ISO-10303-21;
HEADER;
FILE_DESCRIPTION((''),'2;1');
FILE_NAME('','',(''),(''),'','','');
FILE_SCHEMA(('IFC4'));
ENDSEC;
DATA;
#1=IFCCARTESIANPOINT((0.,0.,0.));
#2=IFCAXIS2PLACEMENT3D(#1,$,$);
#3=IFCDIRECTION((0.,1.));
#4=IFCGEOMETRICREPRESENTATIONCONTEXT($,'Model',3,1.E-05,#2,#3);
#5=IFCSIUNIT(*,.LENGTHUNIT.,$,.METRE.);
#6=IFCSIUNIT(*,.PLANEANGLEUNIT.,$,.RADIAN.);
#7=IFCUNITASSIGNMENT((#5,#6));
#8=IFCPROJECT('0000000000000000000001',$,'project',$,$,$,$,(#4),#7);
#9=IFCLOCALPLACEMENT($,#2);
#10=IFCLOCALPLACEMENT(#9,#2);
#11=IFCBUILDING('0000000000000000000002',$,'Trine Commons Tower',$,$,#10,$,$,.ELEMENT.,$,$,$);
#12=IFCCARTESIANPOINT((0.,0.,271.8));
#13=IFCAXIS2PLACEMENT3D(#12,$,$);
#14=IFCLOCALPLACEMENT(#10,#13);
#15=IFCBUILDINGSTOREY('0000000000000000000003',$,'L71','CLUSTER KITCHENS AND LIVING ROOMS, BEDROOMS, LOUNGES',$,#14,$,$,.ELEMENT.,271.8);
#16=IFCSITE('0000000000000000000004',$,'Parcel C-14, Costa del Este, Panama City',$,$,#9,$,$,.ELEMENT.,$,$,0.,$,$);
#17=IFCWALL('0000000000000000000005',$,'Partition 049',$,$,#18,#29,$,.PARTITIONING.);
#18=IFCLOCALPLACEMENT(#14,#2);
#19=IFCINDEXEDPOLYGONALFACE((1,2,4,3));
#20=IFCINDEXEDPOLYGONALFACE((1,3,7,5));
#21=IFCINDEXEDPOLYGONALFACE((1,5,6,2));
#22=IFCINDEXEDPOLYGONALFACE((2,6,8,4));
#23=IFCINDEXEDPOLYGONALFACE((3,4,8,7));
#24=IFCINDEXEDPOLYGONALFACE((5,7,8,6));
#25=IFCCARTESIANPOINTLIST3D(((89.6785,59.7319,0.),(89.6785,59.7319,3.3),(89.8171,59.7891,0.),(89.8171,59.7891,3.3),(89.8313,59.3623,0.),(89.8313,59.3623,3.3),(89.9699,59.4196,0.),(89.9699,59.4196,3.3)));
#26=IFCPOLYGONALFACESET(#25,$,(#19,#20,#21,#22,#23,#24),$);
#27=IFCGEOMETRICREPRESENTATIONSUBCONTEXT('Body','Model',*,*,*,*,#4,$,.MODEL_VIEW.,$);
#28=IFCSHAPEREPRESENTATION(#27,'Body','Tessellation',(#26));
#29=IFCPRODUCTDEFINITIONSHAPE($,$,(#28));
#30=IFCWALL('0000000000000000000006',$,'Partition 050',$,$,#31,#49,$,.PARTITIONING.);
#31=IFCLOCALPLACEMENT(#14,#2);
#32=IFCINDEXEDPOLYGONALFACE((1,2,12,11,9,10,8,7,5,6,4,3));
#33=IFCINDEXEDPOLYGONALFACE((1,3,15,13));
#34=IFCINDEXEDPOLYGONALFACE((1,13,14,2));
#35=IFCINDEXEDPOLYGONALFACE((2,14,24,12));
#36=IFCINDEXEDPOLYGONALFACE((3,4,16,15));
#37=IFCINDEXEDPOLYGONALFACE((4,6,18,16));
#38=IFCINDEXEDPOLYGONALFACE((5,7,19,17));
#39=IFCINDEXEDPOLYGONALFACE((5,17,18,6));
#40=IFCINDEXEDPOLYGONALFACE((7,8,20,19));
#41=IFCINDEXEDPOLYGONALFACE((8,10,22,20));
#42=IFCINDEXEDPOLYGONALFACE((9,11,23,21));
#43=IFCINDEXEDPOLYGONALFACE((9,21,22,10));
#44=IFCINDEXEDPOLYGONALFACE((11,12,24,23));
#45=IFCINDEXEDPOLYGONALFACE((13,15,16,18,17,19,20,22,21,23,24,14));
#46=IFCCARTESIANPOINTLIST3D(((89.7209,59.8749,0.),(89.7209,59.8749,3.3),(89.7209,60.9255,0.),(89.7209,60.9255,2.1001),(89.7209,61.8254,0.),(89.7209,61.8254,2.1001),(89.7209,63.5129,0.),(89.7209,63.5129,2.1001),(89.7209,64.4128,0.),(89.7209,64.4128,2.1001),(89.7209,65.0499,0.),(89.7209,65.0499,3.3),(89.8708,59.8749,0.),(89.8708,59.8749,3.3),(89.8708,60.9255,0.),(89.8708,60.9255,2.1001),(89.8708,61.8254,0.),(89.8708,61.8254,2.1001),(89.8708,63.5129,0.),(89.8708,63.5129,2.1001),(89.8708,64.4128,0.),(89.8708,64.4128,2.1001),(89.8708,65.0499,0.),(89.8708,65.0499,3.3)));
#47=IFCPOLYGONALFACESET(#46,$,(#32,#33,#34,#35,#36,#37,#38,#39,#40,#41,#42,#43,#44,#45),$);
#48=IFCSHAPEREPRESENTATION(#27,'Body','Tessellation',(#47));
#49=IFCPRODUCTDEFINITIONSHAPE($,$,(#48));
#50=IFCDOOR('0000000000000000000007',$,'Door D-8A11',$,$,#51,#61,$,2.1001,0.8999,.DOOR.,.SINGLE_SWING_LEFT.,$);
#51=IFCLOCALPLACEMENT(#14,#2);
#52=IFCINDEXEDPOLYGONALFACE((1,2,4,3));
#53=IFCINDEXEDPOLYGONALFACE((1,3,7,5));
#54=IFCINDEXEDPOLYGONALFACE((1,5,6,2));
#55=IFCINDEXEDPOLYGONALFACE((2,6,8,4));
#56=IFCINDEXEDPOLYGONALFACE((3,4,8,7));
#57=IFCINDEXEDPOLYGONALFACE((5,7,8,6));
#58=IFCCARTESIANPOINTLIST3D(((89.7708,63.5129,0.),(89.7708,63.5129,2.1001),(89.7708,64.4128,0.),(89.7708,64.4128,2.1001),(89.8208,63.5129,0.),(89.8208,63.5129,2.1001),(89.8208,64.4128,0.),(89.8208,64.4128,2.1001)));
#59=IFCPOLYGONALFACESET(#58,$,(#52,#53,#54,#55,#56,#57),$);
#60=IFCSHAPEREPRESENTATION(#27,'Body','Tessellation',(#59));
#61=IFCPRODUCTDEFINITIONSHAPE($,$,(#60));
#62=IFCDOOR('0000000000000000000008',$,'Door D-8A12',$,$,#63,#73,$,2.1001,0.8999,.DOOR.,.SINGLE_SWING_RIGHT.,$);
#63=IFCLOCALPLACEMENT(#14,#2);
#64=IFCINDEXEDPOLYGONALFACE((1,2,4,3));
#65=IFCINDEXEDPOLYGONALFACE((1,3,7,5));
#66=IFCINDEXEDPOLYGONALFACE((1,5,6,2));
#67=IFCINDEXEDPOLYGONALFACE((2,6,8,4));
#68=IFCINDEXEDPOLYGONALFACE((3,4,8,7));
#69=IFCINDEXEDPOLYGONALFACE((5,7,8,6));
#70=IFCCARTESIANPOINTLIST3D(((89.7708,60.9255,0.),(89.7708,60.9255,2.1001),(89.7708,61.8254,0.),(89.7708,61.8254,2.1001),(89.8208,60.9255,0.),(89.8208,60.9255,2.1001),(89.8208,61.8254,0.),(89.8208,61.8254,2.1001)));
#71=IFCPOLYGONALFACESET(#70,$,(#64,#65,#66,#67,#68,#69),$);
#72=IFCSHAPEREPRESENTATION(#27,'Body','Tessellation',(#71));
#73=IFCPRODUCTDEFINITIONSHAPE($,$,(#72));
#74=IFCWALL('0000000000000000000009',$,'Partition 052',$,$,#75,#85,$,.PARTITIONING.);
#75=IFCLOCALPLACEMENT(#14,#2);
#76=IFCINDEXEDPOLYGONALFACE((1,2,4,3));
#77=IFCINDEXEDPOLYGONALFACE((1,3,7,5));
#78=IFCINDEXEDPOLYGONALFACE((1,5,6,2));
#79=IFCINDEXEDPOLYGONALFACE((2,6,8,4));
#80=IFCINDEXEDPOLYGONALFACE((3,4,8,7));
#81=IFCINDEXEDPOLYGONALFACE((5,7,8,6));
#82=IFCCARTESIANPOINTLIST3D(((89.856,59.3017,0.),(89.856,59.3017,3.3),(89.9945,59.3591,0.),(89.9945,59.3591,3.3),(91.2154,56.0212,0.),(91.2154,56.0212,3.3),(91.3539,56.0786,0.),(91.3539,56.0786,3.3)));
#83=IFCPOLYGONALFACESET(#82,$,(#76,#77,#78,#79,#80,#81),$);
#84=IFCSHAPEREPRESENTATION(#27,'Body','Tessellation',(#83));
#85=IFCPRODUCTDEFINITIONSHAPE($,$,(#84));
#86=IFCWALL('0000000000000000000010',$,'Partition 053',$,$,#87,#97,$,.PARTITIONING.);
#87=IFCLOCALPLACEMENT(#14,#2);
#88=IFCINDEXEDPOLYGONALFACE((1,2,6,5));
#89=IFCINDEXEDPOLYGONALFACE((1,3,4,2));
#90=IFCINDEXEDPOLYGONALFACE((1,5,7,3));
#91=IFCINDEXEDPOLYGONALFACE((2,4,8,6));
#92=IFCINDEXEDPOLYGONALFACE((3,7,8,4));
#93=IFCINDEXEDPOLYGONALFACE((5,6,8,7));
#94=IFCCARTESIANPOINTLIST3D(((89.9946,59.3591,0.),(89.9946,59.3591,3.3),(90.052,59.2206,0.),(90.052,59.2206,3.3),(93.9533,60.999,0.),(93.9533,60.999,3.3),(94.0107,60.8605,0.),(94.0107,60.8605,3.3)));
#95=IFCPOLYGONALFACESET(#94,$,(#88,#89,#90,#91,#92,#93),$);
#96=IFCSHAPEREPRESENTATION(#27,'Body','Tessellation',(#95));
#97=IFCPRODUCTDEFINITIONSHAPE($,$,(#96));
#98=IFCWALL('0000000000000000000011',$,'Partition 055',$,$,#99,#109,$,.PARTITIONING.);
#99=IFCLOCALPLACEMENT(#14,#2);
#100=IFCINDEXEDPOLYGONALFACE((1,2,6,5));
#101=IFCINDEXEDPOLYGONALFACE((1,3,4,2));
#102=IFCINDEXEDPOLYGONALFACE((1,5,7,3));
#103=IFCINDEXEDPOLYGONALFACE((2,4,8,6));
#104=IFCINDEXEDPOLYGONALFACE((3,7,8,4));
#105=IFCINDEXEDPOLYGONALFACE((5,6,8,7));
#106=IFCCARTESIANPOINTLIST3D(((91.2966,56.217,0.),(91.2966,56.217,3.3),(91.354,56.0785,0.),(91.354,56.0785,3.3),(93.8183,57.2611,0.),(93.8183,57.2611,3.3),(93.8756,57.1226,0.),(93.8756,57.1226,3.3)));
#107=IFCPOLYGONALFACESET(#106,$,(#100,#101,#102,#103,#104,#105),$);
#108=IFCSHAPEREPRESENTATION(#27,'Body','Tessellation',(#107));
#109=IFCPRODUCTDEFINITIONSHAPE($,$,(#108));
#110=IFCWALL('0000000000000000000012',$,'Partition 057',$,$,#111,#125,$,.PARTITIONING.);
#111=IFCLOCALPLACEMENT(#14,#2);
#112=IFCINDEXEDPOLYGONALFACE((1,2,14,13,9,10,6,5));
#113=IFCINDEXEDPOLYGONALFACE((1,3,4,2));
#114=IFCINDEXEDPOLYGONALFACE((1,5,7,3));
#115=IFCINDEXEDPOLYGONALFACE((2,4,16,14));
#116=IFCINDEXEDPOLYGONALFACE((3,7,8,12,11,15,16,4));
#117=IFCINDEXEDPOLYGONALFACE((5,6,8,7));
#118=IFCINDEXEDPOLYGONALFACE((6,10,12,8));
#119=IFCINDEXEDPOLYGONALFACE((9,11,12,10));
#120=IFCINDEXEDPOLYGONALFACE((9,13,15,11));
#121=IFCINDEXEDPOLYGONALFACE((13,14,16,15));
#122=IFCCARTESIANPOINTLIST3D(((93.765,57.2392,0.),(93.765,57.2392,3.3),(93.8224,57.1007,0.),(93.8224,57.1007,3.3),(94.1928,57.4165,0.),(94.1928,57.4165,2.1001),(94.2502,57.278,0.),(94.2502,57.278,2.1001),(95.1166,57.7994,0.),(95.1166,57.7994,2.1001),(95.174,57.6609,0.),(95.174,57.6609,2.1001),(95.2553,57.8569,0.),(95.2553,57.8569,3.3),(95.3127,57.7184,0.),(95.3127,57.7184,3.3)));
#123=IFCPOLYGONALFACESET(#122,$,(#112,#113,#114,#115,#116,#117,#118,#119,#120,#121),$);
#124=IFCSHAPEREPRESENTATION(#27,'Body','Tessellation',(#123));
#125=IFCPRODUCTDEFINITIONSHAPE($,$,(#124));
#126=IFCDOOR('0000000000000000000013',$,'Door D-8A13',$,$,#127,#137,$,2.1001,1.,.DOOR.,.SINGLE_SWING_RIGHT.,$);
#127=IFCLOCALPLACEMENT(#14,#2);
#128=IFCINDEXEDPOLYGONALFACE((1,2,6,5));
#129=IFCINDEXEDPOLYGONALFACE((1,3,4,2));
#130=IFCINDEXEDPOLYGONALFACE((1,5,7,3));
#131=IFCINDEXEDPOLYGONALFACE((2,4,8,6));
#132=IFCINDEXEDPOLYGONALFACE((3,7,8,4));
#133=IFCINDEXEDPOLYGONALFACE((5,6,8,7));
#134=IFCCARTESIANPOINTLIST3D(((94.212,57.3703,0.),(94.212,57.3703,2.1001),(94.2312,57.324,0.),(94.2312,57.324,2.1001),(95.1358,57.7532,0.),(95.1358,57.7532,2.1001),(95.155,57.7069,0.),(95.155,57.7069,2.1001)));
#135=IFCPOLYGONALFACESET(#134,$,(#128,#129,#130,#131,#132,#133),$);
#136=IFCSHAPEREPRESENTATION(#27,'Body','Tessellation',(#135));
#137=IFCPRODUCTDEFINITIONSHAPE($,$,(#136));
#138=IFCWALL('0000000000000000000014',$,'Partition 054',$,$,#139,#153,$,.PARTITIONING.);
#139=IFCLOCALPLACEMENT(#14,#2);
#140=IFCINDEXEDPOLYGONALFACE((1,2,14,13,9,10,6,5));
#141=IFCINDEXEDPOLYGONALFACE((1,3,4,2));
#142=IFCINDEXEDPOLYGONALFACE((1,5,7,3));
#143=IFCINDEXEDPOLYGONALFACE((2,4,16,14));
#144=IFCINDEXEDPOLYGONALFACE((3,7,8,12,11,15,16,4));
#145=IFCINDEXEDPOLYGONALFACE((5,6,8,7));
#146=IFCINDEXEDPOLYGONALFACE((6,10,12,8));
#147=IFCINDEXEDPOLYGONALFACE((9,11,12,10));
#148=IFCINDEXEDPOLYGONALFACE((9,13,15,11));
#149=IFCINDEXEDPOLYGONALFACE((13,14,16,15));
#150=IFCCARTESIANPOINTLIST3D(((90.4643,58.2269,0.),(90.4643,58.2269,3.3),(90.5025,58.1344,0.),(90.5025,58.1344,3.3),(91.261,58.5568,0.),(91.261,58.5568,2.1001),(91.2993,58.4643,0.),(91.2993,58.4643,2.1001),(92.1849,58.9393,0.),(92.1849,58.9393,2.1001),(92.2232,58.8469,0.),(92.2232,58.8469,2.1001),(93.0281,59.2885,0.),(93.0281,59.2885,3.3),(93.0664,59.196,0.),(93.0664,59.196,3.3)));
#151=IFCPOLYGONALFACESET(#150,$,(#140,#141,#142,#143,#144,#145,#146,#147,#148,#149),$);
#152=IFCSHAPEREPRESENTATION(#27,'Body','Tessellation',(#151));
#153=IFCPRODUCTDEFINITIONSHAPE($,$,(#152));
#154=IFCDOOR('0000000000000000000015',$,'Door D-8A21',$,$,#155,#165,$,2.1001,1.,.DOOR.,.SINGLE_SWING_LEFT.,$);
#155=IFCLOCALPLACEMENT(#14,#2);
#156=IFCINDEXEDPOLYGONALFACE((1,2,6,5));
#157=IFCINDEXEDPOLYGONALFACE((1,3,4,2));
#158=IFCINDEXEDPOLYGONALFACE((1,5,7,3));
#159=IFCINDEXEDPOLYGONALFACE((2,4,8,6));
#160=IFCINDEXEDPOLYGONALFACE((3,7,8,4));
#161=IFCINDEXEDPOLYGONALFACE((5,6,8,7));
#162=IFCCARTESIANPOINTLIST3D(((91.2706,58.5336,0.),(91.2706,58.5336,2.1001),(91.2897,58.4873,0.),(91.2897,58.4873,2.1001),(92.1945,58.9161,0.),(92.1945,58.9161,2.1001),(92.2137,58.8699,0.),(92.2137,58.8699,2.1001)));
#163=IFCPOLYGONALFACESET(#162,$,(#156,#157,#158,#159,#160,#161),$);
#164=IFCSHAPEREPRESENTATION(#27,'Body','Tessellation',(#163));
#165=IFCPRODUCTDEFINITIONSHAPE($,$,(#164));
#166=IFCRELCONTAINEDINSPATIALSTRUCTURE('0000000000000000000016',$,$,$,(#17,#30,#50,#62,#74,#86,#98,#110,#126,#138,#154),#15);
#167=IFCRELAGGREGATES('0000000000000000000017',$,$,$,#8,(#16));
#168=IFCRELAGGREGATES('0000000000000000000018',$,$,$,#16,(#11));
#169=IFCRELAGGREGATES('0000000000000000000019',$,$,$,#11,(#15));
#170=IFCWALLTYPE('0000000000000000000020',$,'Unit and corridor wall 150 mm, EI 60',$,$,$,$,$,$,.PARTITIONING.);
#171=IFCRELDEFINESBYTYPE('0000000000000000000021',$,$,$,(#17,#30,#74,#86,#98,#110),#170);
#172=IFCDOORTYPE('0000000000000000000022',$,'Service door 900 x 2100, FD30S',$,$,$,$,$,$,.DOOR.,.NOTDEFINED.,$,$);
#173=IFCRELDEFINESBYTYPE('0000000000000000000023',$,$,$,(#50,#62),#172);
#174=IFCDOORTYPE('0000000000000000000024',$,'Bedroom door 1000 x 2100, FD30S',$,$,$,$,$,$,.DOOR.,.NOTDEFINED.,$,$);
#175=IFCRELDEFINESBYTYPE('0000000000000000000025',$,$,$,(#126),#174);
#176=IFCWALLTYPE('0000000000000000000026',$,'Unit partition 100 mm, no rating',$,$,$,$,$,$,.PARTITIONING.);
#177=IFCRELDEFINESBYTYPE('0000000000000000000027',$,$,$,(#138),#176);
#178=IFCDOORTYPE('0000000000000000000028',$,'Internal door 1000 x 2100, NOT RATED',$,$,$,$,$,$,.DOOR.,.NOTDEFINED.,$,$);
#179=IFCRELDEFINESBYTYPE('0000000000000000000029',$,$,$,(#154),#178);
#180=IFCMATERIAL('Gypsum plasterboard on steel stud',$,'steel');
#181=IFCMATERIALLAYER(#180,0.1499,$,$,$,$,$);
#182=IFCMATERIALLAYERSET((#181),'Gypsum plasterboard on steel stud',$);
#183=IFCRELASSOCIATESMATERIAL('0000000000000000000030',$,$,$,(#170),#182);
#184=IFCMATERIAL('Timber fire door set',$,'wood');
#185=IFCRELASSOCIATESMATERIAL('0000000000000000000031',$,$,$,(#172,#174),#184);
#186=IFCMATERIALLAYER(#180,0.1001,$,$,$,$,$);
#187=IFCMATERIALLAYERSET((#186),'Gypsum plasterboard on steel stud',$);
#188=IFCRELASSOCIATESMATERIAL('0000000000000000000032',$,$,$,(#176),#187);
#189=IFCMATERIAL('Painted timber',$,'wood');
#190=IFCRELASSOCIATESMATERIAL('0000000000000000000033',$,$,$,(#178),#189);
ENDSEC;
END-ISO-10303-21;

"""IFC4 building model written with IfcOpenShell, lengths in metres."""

from ifc_helpers import new_model, si_unit, direction, frame, frame_2d, origin, place, context, subcontext, project, spatial, rectangle, extrude, material, layer, layer_set, type_object, element, fill, save


model = new_model("IFC4")

# Units and contexts
model_context = context("Model", 3, precision=1e-05, world=origin(), true_north=direction((0.0, 1.0)))
body_context = subcontext(model_context, "Body", "Model", "MODEL_VIEW")
ifc_project = project(units=[si_unit("LENGTHUNIT", "METRE"), si_unit("PLANEANGLEUNIT", "RADIAN")], contexts=[model_context])

# Site, building, storey
site_placement = place(None, origin())
site = spatial("IfcSite", under=ifc_project, at=site_placement, Name="Parcel C-14, Costa del Este, Panama City", CompositionType="ELEMENT", RefElevation=0.0)
building_placement = place(site_placement, origin())
building = spatial("IfcBuilding", under=site, at=building_placement, Name="Trine Commons Tower", CompositionType="ELEMENT")
storey_placement = place(building_placement, frame((0.0, 0.0, 271.8)))
storey = spatial("IfcBuildingStorey", under=building, at=storey_placement, Name="L71", Description="CLUSTER KITCHENS AND LIVING ROOMS, BEDROOMS, LOUNGES", CompositionType="ELEMENT", Elevation=271.8)

# Shared definitions
ifc_material_1 = material(Name="Gypsum plasterboard on steel stud", Category="steel")
ifc_layer_1 = layer(ifc_material_1, 0.1499)
ifc_layer_set_1 = layer_set([ifc_layer_1], Name="Gypsum plasterboard on steel stud")
wall_type_1 = type_object("IfcWallType", Name="Unit and corridor wall 150 mm, EI 60", PredefinedType="PARTITIONING", material=ifc_layer_set_1)

# Shared definitions
ifc_material_2 = material(Name="Timber fire door set", Category="wood")

# Wall
wall_1_placement = place(storey_placement, frame((89.7478, 59.7605, 0.0), z_axis=(0.0, 0.0, 1.0), x_axis=(0.3821, -0.924121, 0.0)))
element("IfcWall", 1, at=wall_1_placement, inside=storey, type_object=wall_type_1, Name="Partition 049", PredefinedType="PARTITIONING", context=body_context, shape_type="SweptSolid", body=[
    extrude(rectangle(XDim=0.3999, YDim=0.1499, at=frame_2d((0.2, 0.0))), origin(), (0.0, 0.0, 1.0), 3.3),
])

# Wall, openings, doors
wall_2_placement = place(storey_placement, frame((89.7959, 59.875, 0.0), z_axis=(0.0, 0.0, 1.0), x_axis=(0.0, 1.0, 0.0)))
wall_2 = element("IfcWall", 2, at=wall_2_placement, inside=storey, type_object=wall_type_1, Name="Partition 050", PredefinedType="PARTITIONING", context=body_context, shape_type="SweptSolid", body=[
    extrude(rectangle(XDim=5.175, YDim=0.1499, at=frame_2d((2.5874, 0.0))), origin(), (0.0, 0.0, 1.0), 3.3),
])
opening_1_placement = place(wall_2_placement, frame((3.6379, 0.0, 0.0)))
opening_1 = element("IfcOpeningElement", 3, at=opening_1_placement, cuts=wall_2, PredefinedType="OPENING", context=body_context, shape_type="SweptSolid", body=[
    extrude(rectangle(XDim=0.8999, YDim=2.1001, at=frame_2d((0.45, 1.05))), frame((0.0, 0.085, 0.0), z_axis=(0.0, -1.0, 0.0), x_axis=(1.0, 0.0, 0.0)), (0.0, 0.0, 1.0), 0.1699),
])
opening_2_placement = place(wall_2_placement, frame((1.0505, 0.0, 0.0)))
opening_2 = element("IfcOpeningElement", 4, at=opening_2_placement, cuts=wall_2, PredefinedType="OPENING", context=body_context, shape_type="SweptSolid", body=[
    extrude(rectangle(XDim=0.8999, YDim=2.1001, at=frame_2d((0.45, 1.05))), frame((0.0, 0.085, 0.0), z_axis=(0.0, -1.0, 0.0), x_axis=(1.0, 0.0, 0.0)), (0.0, 0.0, 1.0), 0.1699),
])
door_type_1 = type_object("IfcDoorType", Name="Service door 900 x 2100, FD30S", OperationType="NOTDEFINED", PredefinedType="DOOR", material=ifc_material_2)
door_1_placement = place(opening_1_placement, frame((0.8999, 0.0, 0.0), z_axis=(0.0, 0.0, 1.0), x_axis=(-1.0, 0.0, 0.0)))
door_1 = element("IfcDoor", 5, at=door_1_placement, inside=storey, type_object=door_type_1, Name="Door D-8A11", OperationType="SINGLE_SWING_LEFT", OverallHeight=2.1001, OverallWidth=0.8999, PredefinedType="DOOR", context=body_context, shape_type="SweptSolid", body=[
    extrude(rectangle(XDim=0.8999, YDim=2.1001, at=frame_2d((0.45, 1.05))), frame((0.0, 0.0249, 0.0), z_axis=(0.0, -1.0, 0.0), x_axis=(1.0, 0.0, 0.0)), (0.0, 0.0, 1.0), 0.05),
])
fill(opening_1, door_1)
door_2_placement = place(opening_2_placement, frame((0.8999, 0.0, 0.0), z_axis=(0.0, 0.0, 1.0), x_axis=(-1.0, 0.0, 0.0)))
door_2 = element("IfcDoor", 6, at=door_2_placement, inside=storey, type_object=door_type_1, Name="Door D-8A12", OperationType="SINGLE_SWING_RIGHT", OverallHeight=2.1001, OverallWidth=0.8999, PredefinedType="DOOR", context=body_context, shape_type="SweptSolid", body=[
    extrude(rectangle(XDim=0.8999, YDim=2.1001, at=frame_2d((0.45, 1.05))), frame((0.0, 0.0249, 0.0), z_axis=(0.0, -1.0, 0.0), x_axis=(1.0, 0.0, 0.0)), (0.0, 0.0, 1.0), 0.05),
])
fill(opening_2, door_2)

# Walls
wall_3_placement = place(storey_placement, frame((89.9253, 59.3303, 0.0), z_axis=(0.0, 0.0, 1.0), x_axis=(0.382813, -0.923826, 0.0)))
element("IfcWall", 7, at=wall_3_placement, inside=storey, type_object=wall_type_1, Name="Partition 052", PredefinedType="PARTITIONING", context=body_context, shape_type="SweptSolid", body=[
    extrude(rectangle(XDim=3.551, YDim=0.1499, at=frame_2d((1.7754, 0.0))), origin(), (0.0, 0.0, 1.0), 3.3),
])
wall_4_placement = place(storey_placement, frame((90.0232, 59.2898, 0.0), z_axis=(0.0, 0.0, 1.0), x_axis=(0.923869, 0.382709, 0.0)))
element("IfcWall", 8, at=wall_4_placement, inside=storey, type_object=wall_type_1, Name="Partition 053", PredefinedType="PARTITIONING", context=body_context, shape_type="SweptSolid", body=[
    extrude(rectangle(XDim=4.2849, YDim=0.1499, at=frame_2d((2.1426, 0.0))), origin(), (0.0, 0.0, 1.0), 3.3),
])
wall_5_placement = place(storey_placement, frame((91.3252, 56.1477, 0.0), z_axis=(0.0, 0.0, 1.0), x_axis=(0.923924, 0.382576, 0.0)))
element("IfcWall", 9, at=wall_5_placement, inside=storey, type_object=wall_type_1, Name="Partition 055", PredefinedType="PARTITIONING", context=body_context, shape_type="SweptSolid", body=[
    extrude(rectangle(XDim=2.7292, YDim=0.1499, at=frame_2d((1.3647, 0.0))), origin(), (0.0, 0.0, 1.0), 3.3),
])

# Walls, openings, doors
wall_6_placement = place(storey_placement, frame((93.7937, 57.1699, 0.0), z_axis=(0.0, 0.0, 1.0), x_axis=(0.923792, 0.382895, 0.0)))
wall_6 = element("IfcWall", 10, at=wall_6_placement, inside=storey, type_object=wall_type_1, Name="Partition 057", PredefinedType="PARTITIONING", context=body_context, shape_type="SweptSolid", body=[
    extrude(rectangle(XDim=1.6133, YDim=0.1499, at=frame_2d((0.8066, 0.0))), origin(), (0.0, 0.0, 1.0), 3.3),
])
opening_3_placement = place(wall_6_placement, frame((0.4631, 0.0, 0.0)))
opening_3 = element("IfcOpeningElement", 11, at=opening_3_placement, cuts=wall_6, PredefinedType="OPENING", context=body_context, shape_type="SweptSolid", body=[
    extrude(rectangle(XDim=1.0, YDim=2.1001, at=frame_2d((0.5, 1.05))), frame((0.0, 0.085, 0.0), z_axis=(0.0, -1.0, 0.0), x_axis=(1.0, 0.0, 0.0)), (0.0, 0.0, 1.0), 0.1699),
])
door_type_2 = type_object("IfcDoorType", Name="Bedroom door 1000 x 2100, FD30S", OperationType="NOTDEFINED", PredefinedType="DOOR", material=ifc_material_2)
door_3_placement = place(opening_3_placement, origin())
door_3 = element("IfcDoor", 12, at=door_3_placement, inside=storey, type_object=door_type_2, Name="Door D-8A13", OperationType="SINGLE_SWING_RIGHT", OverallHeight=2.1001, OverallWidth=1.0, PredefinedType="DOOR", context=body_context, shape_type="SweptSolid", body=[
    extrude(rectangle(XDim=1.0, YDim=2.1001, at=frame_2d((0.5, 1.05))), frame((0.0, 0.0249, 0.0), z_axis=(0.0, -1.0, 0.0), x_axis=(1.0, 0.0, 0.0)), (0.0, 0.0, 1.0), 0.05),
])
fill(opening_3, door_3)
ifc_layer_2 = layer(ifc_material_1, 0.1001)
ifc_layer_set_2 = layer_set([ifc_layer_2], Name="Gypsum plasterboard on steel stud")
wall_type_2 = type_object("IfcWallType", Name="Unit partition 100 mm, no rating", PredefinedType="PARTITIONING", material=ifc_layer_set_2)
wall_7_placement = place(storey_placement, frame((90.4834, 58.1807, 0.0), z_axis=(0.0, 0.0, 1.0), x_axis=(0.923931, 0.382559, 0.0)))
wall_7 = element("IfcWall", 13, at=wall_7_placement, inside=storey, type_object=wall_type_2, Name="Partition 054", PredefinedType="PARTITIONING", context=body_context, shape_type="SweptSolid", body=[
    extrude(rectangle(XDim=2.7749, YDim=0.1001, at=frame_2d((1.3875, 0.0))), origin(), (0.0, 0.0, 1.0), 3.3),
])
opening_4_placement = place(wall_7_placement, frame((0.8623, 0.0, 0.0)))
opening_4 = element("IfcOpeningElement", 14, at=opening_4_placement, cuts=wall_7, PredefinedType="OPENING", context=body_context, shape_type="SweptSolid", body=[
    extrude(rectangle(XDim=1.0, YDim=2.1001, at=frame_2d((0.5, 1.05))), frame((0.0, 0.0601, 0.0), z_axis=(0.0, -1.0, 0.0), x_axis=(1.0, 0.0, 0.0)), (0.0, 0.0, 1.0), 0.1201),
])
ifc_material_3 = material(Name="Painted timber", Category="wood")
door_type_3 = type_object("IfcDoorType", Name="Internal door 1000 x 2100, NOT RATED", OperationType="NOTDEFINED", PredefinedType="DOOR", material=ifc_material_3)
door_4_placement = place(opening_4_placement, origin())
door_4 = element("IfcDoor", 15, at=door_4_placement, inside=storey, type_object=door_type_3, Name="Door D-8A21", OperationType="SINGLE_SWING_LEFT", OverallHeight=2.1001, OverallWidth=1.0, PredefinedType="DOOR", context=body_context, shape_type="SweptSolid", body=[
    extrude(rectangle(XDim=1.0, YDim=2.1001, at=frame_2d((0.5, 1.05))), frame((0.0, 0.0249, 0.0), z_axis=(0.0, -1.0, 0.0), x_axis=(1.0, 0.0, 0.0)), (0.0, 0.0, 1.0), 0.05),
])
fill(opening_4, door_4)

save(model, "model.ifc")
